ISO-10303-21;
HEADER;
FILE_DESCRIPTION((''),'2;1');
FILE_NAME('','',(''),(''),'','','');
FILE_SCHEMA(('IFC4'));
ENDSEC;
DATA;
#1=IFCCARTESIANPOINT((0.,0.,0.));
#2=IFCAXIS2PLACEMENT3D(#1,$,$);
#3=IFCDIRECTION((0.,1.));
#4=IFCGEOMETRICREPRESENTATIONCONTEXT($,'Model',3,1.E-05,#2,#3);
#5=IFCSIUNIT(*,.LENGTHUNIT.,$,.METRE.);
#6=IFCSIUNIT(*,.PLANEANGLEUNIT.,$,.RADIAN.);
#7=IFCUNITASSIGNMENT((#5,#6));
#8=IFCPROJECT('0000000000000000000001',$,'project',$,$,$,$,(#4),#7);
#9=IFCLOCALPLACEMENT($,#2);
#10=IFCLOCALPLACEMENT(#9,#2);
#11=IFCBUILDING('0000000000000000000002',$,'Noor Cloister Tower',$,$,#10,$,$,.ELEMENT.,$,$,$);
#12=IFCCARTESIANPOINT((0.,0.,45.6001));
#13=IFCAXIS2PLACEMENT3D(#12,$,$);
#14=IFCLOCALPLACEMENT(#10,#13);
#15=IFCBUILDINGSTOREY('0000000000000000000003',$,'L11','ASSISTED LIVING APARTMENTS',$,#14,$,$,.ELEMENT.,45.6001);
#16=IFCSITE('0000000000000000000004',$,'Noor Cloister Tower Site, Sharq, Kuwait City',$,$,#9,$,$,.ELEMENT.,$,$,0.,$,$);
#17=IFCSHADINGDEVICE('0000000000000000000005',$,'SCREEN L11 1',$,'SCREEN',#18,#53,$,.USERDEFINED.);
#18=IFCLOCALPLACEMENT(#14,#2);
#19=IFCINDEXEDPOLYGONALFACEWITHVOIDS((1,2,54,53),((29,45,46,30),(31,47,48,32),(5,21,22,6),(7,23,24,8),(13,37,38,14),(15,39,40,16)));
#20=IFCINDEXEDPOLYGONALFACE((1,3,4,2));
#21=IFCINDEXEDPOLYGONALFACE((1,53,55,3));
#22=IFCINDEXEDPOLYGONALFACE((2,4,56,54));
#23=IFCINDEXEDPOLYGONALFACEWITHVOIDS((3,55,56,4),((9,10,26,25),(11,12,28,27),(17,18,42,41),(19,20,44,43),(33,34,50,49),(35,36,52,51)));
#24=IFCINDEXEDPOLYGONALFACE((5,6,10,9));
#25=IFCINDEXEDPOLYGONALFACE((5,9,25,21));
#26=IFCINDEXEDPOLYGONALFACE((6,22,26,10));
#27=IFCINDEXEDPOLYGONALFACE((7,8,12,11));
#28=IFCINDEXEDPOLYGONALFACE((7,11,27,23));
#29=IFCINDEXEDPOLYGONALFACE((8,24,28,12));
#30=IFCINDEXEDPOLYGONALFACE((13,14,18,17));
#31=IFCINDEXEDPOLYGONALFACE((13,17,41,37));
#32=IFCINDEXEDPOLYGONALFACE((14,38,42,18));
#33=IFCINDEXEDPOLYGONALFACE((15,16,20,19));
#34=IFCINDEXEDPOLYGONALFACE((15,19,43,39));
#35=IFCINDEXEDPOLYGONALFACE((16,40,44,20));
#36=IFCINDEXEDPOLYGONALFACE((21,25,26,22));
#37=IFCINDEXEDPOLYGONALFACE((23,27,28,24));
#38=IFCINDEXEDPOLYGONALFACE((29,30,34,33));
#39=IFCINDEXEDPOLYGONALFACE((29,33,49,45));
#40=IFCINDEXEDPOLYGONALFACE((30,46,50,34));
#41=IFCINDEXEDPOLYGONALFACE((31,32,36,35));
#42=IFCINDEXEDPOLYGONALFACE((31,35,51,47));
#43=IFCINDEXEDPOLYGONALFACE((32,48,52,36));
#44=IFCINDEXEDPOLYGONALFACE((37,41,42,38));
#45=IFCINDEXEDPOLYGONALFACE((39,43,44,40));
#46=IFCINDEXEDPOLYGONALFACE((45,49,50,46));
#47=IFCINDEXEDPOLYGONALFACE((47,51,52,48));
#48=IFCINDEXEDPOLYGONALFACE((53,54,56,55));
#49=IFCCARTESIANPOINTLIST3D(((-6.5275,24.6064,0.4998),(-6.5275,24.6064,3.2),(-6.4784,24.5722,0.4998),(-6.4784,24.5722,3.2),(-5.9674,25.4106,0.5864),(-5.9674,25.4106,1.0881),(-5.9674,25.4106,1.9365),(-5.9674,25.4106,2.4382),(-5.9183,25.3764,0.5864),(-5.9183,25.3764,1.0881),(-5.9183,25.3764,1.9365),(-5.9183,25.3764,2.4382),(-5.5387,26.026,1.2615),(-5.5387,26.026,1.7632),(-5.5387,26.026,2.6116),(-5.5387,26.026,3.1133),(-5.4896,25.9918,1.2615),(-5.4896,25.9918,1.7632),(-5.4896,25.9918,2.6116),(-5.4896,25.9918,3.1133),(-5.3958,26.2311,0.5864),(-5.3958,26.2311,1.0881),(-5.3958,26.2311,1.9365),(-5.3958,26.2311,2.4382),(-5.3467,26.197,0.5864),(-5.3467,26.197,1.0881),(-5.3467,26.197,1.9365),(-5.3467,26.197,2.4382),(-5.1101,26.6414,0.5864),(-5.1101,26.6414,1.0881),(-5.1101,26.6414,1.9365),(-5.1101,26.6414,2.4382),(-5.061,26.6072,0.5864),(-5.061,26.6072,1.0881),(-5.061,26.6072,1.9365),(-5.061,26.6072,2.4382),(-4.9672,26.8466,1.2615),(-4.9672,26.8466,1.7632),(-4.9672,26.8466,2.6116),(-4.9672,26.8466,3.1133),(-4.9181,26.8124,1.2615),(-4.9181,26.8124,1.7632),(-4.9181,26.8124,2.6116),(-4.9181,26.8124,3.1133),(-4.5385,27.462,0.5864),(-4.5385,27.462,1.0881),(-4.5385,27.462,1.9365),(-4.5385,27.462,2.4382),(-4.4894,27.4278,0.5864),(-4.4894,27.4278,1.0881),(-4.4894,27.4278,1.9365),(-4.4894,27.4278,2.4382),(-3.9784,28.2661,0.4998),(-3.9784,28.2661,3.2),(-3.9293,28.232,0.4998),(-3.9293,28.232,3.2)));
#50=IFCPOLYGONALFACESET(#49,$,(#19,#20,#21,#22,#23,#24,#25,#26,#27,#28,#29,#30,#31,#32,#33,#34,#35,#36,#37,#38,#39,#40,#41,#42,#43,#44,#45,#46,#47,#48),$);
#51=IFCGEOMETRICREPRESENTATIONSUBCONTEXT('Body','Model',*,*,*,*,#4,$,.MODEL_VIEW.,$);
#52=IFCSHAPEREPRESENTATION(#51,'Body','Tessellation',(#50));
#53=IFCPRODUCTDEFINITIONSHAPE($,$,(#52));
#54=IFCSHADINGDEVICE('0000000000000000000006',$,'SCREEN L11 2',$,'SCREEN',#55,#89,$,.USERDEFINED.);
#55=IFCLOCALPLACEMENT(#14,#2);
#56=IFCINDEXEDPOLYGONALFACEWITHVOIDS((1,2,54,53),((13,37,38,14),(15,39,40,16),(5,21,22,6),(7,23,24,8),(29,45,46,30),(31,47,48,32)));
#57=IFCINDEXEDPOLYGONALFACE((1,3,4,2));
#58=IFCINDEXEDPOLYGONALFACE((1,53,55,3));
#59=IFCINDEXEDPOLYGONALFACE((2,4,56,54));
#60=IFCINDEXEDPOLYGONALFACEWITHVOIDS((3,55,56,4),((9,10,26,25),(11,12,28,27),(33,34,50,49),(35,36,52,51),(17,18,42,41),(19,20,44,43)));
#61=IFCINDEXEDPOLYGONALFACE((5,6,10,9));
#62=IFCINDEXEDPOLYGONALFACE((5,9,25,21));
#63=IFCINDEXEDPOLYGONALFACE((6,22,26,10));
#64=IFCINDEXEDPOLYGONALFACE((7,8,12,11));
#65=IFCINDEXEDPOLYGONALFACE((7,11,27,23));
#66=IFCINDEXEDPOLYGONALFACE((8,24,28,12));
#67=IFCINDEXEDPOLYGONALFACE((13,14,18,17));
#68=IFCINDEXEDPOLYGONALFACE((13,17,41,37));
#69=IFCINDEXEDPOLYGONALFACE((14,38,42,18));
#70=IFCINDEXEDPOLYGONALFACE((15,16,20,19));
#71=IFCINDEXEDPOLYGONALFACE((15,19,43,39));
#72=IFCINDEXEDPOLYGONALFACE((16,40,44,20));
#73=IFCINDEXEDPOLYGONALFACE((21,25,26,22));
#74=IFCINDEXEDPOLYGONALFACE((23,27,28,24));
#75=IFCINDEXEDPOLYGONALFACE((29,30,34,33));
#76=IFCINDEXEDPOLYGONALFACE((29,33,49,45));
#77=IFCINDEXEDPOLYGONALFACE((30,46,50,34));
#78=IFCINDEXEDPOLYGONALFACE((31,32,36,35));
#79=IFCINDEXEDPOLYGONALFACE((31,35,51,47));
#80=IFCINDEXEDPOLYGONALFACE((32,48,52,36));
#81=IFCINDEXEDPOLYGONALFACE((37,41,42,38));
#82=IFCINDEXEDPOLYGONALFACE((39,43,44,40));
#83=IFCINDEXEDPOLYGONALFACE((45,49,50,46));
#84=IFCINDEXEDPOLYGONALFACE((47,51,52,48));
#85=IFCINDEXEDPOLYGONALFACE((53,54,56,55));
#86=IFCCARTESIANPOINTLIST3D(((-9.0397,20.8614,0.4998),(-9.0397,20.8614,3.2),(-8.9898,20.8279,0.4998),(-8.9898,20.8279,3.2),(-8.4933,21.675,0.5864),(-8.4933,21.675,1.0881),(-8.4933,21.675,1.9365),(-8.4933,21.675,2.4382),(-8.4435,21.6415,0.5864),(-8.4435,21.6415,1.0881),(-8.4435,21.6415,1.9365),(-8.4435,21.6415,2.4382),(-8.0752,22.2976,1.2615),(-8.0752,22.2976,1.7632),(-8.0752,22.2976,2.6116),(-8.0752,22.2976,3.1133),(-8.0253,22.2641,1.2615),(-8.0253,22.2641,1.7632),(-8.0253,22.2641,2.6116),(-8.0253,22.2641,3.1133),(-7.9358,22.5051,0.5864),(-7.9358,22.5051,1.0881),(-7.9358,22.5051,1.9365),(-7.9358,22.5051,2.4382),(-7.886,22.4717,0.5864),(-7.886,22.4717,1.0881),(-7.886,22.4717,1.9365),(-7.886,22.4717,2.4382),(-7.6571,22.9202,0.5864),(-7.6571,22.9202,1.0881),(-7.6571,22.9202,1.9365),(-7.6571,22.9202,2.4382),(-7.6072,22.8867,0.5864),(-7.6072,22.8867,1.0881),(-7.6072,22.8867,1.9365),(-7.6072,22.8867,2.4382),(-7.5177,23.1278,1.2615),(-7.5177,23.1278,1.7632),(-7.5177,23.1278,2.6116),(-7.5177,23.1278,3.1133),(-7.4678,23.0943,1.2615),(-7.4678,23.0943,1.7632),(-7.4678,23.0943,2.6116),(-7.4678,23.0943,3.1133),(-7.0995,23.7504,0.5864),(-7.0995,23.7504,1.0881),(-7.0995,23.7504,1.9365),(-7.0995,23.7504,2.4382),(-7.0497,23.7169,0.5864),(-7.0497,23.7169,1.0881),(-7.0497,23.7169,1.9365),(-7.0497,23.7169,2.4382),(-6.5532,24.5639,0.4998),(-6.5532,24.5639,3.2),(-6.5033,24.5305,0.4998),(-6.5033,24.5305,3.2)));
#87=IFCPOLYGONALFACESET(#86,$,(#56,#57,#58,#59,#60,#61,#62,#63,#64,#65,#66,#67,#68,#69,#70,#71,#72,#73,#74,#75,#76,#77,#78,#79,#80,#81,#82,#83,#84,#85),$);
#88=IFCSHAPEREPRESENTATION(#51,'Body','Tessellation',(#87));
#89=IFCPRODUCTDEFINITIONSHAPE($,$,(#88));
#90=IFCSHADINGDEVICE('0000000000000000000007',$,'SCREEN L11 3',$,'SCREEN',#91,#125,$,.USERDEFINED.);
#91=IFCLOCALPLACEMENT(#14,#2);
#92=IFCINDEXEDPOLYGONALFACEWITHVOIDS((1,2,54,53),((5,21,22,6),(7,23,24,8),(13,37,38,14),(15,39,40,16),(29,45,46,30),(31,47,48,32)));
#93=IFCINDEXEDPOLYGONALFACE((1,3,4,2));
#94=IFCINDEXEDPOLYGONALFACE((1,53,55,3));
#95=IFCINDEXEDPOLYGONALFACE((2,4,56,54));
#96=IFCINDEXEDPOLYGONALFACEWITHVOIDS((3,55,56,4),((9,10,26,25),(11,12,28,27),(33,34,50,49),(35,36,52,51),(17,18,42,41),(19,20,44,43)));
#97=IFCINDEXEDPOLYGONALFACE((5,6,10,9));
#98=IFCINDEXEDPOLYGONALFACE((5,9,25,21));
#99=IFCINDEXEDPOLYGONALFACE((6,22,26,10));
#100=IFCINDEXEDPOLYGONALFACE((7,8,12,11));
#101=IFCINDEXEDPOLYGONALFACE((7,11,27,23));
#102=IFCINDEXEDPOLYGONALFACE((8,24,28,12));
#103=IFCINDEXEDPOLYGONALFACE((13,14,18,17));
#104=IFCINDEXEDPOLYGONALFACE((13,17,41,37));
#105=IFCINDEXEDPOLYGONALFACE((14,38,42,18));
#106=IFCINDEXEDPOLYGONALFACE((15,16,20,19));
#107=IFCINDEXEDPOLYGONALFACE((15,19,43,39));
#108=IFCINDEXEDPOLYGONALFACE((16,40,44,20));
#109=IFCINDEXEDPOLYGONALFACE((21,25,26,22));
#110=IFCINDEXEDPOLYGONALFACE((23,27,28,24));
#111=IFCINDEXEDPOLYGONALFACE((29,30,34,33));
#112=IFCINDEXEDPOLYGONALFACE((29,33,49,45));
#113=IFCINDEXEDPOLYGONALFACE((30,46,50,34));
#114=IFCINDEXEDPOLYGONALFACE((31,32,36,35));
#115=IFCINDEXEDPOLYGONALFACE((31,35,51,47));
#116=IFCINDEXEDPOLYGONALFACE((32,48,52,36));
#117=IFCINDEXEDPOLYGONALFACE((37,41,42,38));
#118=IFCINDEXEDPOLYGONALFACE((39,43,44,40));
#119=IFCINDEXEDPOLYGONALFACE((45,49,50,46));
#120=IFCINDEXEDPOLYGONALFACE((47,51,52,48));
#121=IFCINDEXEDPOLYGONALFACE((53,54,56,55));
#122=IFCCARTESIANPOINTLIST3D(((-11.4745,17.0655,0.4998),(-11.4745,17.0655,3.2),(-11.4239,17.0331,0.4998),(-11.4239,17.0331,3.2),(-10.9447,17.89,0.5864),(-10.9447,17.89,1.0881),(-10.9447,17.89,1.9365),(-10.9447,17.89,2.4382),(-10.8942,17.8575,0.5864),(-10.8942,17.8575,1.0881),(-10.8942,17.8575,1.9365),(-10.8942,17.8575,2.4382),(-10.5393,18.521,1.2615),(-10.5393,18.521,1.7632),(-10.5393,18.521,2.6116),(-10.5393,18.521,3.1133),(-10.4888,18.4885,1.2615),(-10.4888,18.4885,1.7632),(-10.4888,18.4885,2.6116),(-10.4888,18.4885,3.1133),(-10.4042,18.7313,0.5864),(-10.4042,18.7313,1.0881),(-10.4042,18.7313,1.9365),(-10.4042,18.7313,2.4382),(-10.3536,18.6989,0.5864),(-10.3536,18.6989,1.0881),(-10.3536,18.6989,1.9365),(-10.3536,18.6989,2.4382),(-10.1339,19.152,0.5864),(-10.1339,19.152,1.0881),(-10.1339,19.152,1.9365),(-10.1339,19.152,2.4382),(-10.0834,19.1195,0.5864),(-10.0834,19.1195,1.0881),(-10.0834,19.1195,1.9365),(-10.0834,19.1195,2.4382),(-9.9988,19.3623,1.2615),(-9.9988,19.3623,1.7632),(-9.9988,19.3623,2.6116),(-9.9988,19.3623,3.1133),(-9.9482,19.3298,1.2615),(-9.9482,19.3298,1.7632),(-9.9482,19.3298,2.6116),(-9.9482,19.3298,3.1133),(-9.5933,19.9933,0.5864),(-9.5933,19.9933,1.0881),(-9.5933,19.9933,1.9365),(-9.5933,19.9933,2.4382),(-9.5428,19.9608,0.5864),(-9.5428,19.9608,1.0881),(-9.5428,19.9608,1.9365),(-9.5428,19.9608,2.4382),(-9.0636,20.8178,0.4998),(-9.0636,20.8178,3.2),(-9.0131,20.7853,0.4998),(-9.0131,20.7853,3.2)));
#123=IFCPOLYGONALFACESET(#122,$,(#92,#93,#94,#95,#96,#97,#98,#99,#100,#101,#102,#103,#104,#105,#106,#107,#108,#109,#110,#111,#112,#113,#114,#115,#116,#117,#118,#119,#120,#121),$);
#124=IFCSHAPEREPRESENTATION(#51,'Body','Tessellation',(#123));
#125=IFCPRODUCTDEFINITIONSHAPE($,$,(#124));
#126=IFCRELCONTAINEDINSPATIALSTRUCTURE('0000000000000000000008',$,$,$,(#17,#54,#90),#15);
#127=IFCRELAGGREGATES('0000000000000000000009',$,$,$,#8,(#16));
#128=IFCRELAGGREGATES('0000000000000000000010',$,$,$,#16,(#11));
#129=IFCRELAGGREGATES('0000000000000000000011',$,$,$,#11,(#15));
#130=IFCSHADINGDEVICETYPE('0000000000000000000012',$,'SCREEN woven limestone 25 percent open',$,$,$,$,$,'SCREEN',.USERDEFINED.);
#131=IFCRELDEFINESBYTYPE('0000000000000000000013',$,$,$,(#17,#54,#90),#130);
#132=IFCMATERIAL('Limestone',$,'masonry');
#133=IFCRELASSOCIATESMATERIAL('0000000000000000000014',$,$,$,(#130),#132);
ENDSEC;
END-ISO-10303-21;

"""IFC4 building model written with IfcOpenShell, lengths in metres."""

from ifc_helpers import new_model, si_unit, direction, frame, origin, place, context, subcontext, project, spatial, polyline, outline, extrude, material, material_profile, profile_set, type_object, element, save


model = new_model("IFC4")

# Units and contexts
model_context = context("Model", 3, precision=1e-05, world=origin(), true_north=direction((0.0, 1.0)))
body_context = subcontext(model_context, "Body", "Model", "MODEL_VIEW")
ifc_project = project(units=[si_unit("LENGTHUNIT", "METRE"), si_unit("PLANEANGLEUNIT", "RADIAN")], contexts=[model_context])

# Site, building, storey
site_placement = place(None, origin())
site = spatial("IfcSite", under=ifc_project, at=site_placement, Name="Noor Cloister Tower Site, Sharq, Kuwait City", CompositionType="ELEMENT", RefElevation=0.0)
building_placement = place(site_placement, origin())
building = spatial("IfcBuilding", under=site, at=building_placement, Name="Noor Cloister Tower", CompositionType="ELEMENT")
storey_placement = place(building_placement, frame((0.0, 0.0, 45.6001)))
storey = spatial("IfcBuildingStorey", under=building, at=storey_placement, Name="L11", Description="ASSISTED LIVING APARTMENTS", CompositionType="ELEMENT", Elevation=45.6001)

# Shading devices
ifc_material_1 = material(Name="Limestone", Category="masonry")
ifc_material_profile_1 = material_profile(ifc_material_1, outline(polyline([(-2.23, -1.3501), (2.23, -1.3501), (2.23, 1.3501), (-2.23, 1.3501), (-2.23, -1.3501)]), holes=[polyline([(-1.25, -1.2634), (-0.25, -1.2634), (-0.25, -0.7617), (-1.25, -0.7617), (-1.25, -1.2634)]), polyline([(0.25, -1.2634), (1.25, -1.2634), (1.25, -0.7617), (0.25, -0.7617), (0.25, -1.2634)]), polyline([(-0.5, -0.5884), (0.5, -0.5884), (0.5, -0.0867), (-0.5, -0.0867), (-0.5, -0.5884)]), polyline([(-1.25, 0.0867), (-0.25, 0.0867), (-0.25, 0.5884), (-1.25, 0.5884), (-1.25, 0.0867)]), polyline([(0.25, 0.0867), (1.25, 0.0867), (1.25, 0.5884), (0.25, 0.5884), (0.25, 0.0867)]), polyline([(-0.5, 0.7617), (0.5, 0.7617), (0.5, 1.2634), (-0.5, 1.2634), (-0.5, 0.7617)])]), Name="Woven screen 25 percent open")
ifc_profile_set_1 = profile_set([ifc_material_profile_1], Name="Limestone")
shading_device_type = type_object("IfcShadingDeviceType", Name="SCREEN woven limestone 25 percent open", ElementType="SCREEN", PredefinedType="USERDEFINED", material=ifc_profile_set_1)
shading_device_placement = place(storey_placement, frame((-5.2039, 26.4021, 1.8499), z_axis=(-0.820572, 0.571543, 0.0), x_axis=(-0.571543, -0.820572, 0.0)))
element("IfcShadingDevice", 1, at=shading_device_placement, inside=storey, type_object=shading_device_type, Name="SCREEN L11 1", ObjectType="SCREEN", PredefinedType="USERDEFINED", context=body_context, shape_type="SweptSolid", body=[
    extrude(outline(polyline([(-2.23, -1.3501), (2.23, -1.3501), (2.23, 1.3501), (-2.23, 1.3501), (-2.23, -1.3501)]), holes=[polyline([(-1.25, -1.2634), (-0.25, -1.2634), (-0.25, -0.7617), (-1.25, -0.7617), (-1.25, -1.2634)]), polyline([(0.25, -1.2634), (1.25, -1.2634), (1.25, -0.7617), (0.25, -0.7617), (0.25, -1.2634)]), polyline([(-0.5, -0.5884), (0.5, -0.5884), (0.5, -0.0867), (-0.5, -0.0867), (-0.5, -0.5884)]), polyline([(-1.25, 0.0867), (-0.25, 0.0867), (-0.25, 0.5884), (-1.25, 0.5884), (-1.25, 0.0867)]), polyline([(0.25, 0.0867), (1.25, 0.0867), (1.25, 0.5884), (0.25, 0.5884), (0.25, 0.0867)]), polyline([(-0.5, 0.7617), (0.5, 0.7617), (0.5, 1.2634), (-0.5, 1.2634), (-0.5, 0.7617)])]), origin(), (0.0, 0.0, 1.0), 0.0598),
])
for number, where, z_axis, x_axis, name in (
    (2, (-7.7466, 22.6792, 1.8499), (-0.830167, 0.557514, 0.0), (-0.557514, -0.830167, 0.0), "SCREEN L11 2"),
    (3, (-10.2185, 18.9092, 1.8499), (-0.841311, 0.540552, 0.0), (-0.540552, -0.841311, 0.0), "SCREEN L11 3"),
):
    element("IfcShadingDevice", number, at=place(storey_placement, frame(where, z_axis=z_axis, x_axis=x_axis)), inside=storey, type_object=shading_device_type, Name=name, ObjectType="SCREEN", PredefinedType="USERDEFINED", context=body_context, shape_type="SweptSolid", body=[
        extrude(outline(polyline([(-2.23, -1.3501), (2.23, -1.3501), (2.23, 1.3501), (-2.23, 1.3501), (-2.23, -1.3501)]), holes=[polyline([(-1.25, -1.2634), (-0.25, -1.2634), (-0.25, -0.7617), (-1.25, -0.7617), (-1.25, -1.2634)]), polyline([(0.25, -1.2634), (1.25, -1.2634), (1.25, -0.7617), (0.25, -0.7617), (0.25, -1.2634)]), polyline([(-0.5, -0.5884), (0.5, -0.5884), (0.5, -0.0867), (-0.5, -0.0867), (-0.5, -0.5884)]), polyline([(-1.25, 0.0867), (-0.25, 0.0867), (-0.25, 0.5884), (-1.25, 0.5884), (-1.25, 0.0867)]), polyline([(0.25, 0.0867), (1.25, 0.0867), (1.25, 0.5884), (0.25, 0.5884), (0.25, 0.0867)]), polyline([(-0.5, 0.7617), (0.5, 0.7617), (0.5, 1.2634), (-0.5, 1.2634), (-0.5, 0.7617)])]), origin(), (0.0, 0.0, 1.0), 0.0601),
    ])

save(model, "model.ifc")
